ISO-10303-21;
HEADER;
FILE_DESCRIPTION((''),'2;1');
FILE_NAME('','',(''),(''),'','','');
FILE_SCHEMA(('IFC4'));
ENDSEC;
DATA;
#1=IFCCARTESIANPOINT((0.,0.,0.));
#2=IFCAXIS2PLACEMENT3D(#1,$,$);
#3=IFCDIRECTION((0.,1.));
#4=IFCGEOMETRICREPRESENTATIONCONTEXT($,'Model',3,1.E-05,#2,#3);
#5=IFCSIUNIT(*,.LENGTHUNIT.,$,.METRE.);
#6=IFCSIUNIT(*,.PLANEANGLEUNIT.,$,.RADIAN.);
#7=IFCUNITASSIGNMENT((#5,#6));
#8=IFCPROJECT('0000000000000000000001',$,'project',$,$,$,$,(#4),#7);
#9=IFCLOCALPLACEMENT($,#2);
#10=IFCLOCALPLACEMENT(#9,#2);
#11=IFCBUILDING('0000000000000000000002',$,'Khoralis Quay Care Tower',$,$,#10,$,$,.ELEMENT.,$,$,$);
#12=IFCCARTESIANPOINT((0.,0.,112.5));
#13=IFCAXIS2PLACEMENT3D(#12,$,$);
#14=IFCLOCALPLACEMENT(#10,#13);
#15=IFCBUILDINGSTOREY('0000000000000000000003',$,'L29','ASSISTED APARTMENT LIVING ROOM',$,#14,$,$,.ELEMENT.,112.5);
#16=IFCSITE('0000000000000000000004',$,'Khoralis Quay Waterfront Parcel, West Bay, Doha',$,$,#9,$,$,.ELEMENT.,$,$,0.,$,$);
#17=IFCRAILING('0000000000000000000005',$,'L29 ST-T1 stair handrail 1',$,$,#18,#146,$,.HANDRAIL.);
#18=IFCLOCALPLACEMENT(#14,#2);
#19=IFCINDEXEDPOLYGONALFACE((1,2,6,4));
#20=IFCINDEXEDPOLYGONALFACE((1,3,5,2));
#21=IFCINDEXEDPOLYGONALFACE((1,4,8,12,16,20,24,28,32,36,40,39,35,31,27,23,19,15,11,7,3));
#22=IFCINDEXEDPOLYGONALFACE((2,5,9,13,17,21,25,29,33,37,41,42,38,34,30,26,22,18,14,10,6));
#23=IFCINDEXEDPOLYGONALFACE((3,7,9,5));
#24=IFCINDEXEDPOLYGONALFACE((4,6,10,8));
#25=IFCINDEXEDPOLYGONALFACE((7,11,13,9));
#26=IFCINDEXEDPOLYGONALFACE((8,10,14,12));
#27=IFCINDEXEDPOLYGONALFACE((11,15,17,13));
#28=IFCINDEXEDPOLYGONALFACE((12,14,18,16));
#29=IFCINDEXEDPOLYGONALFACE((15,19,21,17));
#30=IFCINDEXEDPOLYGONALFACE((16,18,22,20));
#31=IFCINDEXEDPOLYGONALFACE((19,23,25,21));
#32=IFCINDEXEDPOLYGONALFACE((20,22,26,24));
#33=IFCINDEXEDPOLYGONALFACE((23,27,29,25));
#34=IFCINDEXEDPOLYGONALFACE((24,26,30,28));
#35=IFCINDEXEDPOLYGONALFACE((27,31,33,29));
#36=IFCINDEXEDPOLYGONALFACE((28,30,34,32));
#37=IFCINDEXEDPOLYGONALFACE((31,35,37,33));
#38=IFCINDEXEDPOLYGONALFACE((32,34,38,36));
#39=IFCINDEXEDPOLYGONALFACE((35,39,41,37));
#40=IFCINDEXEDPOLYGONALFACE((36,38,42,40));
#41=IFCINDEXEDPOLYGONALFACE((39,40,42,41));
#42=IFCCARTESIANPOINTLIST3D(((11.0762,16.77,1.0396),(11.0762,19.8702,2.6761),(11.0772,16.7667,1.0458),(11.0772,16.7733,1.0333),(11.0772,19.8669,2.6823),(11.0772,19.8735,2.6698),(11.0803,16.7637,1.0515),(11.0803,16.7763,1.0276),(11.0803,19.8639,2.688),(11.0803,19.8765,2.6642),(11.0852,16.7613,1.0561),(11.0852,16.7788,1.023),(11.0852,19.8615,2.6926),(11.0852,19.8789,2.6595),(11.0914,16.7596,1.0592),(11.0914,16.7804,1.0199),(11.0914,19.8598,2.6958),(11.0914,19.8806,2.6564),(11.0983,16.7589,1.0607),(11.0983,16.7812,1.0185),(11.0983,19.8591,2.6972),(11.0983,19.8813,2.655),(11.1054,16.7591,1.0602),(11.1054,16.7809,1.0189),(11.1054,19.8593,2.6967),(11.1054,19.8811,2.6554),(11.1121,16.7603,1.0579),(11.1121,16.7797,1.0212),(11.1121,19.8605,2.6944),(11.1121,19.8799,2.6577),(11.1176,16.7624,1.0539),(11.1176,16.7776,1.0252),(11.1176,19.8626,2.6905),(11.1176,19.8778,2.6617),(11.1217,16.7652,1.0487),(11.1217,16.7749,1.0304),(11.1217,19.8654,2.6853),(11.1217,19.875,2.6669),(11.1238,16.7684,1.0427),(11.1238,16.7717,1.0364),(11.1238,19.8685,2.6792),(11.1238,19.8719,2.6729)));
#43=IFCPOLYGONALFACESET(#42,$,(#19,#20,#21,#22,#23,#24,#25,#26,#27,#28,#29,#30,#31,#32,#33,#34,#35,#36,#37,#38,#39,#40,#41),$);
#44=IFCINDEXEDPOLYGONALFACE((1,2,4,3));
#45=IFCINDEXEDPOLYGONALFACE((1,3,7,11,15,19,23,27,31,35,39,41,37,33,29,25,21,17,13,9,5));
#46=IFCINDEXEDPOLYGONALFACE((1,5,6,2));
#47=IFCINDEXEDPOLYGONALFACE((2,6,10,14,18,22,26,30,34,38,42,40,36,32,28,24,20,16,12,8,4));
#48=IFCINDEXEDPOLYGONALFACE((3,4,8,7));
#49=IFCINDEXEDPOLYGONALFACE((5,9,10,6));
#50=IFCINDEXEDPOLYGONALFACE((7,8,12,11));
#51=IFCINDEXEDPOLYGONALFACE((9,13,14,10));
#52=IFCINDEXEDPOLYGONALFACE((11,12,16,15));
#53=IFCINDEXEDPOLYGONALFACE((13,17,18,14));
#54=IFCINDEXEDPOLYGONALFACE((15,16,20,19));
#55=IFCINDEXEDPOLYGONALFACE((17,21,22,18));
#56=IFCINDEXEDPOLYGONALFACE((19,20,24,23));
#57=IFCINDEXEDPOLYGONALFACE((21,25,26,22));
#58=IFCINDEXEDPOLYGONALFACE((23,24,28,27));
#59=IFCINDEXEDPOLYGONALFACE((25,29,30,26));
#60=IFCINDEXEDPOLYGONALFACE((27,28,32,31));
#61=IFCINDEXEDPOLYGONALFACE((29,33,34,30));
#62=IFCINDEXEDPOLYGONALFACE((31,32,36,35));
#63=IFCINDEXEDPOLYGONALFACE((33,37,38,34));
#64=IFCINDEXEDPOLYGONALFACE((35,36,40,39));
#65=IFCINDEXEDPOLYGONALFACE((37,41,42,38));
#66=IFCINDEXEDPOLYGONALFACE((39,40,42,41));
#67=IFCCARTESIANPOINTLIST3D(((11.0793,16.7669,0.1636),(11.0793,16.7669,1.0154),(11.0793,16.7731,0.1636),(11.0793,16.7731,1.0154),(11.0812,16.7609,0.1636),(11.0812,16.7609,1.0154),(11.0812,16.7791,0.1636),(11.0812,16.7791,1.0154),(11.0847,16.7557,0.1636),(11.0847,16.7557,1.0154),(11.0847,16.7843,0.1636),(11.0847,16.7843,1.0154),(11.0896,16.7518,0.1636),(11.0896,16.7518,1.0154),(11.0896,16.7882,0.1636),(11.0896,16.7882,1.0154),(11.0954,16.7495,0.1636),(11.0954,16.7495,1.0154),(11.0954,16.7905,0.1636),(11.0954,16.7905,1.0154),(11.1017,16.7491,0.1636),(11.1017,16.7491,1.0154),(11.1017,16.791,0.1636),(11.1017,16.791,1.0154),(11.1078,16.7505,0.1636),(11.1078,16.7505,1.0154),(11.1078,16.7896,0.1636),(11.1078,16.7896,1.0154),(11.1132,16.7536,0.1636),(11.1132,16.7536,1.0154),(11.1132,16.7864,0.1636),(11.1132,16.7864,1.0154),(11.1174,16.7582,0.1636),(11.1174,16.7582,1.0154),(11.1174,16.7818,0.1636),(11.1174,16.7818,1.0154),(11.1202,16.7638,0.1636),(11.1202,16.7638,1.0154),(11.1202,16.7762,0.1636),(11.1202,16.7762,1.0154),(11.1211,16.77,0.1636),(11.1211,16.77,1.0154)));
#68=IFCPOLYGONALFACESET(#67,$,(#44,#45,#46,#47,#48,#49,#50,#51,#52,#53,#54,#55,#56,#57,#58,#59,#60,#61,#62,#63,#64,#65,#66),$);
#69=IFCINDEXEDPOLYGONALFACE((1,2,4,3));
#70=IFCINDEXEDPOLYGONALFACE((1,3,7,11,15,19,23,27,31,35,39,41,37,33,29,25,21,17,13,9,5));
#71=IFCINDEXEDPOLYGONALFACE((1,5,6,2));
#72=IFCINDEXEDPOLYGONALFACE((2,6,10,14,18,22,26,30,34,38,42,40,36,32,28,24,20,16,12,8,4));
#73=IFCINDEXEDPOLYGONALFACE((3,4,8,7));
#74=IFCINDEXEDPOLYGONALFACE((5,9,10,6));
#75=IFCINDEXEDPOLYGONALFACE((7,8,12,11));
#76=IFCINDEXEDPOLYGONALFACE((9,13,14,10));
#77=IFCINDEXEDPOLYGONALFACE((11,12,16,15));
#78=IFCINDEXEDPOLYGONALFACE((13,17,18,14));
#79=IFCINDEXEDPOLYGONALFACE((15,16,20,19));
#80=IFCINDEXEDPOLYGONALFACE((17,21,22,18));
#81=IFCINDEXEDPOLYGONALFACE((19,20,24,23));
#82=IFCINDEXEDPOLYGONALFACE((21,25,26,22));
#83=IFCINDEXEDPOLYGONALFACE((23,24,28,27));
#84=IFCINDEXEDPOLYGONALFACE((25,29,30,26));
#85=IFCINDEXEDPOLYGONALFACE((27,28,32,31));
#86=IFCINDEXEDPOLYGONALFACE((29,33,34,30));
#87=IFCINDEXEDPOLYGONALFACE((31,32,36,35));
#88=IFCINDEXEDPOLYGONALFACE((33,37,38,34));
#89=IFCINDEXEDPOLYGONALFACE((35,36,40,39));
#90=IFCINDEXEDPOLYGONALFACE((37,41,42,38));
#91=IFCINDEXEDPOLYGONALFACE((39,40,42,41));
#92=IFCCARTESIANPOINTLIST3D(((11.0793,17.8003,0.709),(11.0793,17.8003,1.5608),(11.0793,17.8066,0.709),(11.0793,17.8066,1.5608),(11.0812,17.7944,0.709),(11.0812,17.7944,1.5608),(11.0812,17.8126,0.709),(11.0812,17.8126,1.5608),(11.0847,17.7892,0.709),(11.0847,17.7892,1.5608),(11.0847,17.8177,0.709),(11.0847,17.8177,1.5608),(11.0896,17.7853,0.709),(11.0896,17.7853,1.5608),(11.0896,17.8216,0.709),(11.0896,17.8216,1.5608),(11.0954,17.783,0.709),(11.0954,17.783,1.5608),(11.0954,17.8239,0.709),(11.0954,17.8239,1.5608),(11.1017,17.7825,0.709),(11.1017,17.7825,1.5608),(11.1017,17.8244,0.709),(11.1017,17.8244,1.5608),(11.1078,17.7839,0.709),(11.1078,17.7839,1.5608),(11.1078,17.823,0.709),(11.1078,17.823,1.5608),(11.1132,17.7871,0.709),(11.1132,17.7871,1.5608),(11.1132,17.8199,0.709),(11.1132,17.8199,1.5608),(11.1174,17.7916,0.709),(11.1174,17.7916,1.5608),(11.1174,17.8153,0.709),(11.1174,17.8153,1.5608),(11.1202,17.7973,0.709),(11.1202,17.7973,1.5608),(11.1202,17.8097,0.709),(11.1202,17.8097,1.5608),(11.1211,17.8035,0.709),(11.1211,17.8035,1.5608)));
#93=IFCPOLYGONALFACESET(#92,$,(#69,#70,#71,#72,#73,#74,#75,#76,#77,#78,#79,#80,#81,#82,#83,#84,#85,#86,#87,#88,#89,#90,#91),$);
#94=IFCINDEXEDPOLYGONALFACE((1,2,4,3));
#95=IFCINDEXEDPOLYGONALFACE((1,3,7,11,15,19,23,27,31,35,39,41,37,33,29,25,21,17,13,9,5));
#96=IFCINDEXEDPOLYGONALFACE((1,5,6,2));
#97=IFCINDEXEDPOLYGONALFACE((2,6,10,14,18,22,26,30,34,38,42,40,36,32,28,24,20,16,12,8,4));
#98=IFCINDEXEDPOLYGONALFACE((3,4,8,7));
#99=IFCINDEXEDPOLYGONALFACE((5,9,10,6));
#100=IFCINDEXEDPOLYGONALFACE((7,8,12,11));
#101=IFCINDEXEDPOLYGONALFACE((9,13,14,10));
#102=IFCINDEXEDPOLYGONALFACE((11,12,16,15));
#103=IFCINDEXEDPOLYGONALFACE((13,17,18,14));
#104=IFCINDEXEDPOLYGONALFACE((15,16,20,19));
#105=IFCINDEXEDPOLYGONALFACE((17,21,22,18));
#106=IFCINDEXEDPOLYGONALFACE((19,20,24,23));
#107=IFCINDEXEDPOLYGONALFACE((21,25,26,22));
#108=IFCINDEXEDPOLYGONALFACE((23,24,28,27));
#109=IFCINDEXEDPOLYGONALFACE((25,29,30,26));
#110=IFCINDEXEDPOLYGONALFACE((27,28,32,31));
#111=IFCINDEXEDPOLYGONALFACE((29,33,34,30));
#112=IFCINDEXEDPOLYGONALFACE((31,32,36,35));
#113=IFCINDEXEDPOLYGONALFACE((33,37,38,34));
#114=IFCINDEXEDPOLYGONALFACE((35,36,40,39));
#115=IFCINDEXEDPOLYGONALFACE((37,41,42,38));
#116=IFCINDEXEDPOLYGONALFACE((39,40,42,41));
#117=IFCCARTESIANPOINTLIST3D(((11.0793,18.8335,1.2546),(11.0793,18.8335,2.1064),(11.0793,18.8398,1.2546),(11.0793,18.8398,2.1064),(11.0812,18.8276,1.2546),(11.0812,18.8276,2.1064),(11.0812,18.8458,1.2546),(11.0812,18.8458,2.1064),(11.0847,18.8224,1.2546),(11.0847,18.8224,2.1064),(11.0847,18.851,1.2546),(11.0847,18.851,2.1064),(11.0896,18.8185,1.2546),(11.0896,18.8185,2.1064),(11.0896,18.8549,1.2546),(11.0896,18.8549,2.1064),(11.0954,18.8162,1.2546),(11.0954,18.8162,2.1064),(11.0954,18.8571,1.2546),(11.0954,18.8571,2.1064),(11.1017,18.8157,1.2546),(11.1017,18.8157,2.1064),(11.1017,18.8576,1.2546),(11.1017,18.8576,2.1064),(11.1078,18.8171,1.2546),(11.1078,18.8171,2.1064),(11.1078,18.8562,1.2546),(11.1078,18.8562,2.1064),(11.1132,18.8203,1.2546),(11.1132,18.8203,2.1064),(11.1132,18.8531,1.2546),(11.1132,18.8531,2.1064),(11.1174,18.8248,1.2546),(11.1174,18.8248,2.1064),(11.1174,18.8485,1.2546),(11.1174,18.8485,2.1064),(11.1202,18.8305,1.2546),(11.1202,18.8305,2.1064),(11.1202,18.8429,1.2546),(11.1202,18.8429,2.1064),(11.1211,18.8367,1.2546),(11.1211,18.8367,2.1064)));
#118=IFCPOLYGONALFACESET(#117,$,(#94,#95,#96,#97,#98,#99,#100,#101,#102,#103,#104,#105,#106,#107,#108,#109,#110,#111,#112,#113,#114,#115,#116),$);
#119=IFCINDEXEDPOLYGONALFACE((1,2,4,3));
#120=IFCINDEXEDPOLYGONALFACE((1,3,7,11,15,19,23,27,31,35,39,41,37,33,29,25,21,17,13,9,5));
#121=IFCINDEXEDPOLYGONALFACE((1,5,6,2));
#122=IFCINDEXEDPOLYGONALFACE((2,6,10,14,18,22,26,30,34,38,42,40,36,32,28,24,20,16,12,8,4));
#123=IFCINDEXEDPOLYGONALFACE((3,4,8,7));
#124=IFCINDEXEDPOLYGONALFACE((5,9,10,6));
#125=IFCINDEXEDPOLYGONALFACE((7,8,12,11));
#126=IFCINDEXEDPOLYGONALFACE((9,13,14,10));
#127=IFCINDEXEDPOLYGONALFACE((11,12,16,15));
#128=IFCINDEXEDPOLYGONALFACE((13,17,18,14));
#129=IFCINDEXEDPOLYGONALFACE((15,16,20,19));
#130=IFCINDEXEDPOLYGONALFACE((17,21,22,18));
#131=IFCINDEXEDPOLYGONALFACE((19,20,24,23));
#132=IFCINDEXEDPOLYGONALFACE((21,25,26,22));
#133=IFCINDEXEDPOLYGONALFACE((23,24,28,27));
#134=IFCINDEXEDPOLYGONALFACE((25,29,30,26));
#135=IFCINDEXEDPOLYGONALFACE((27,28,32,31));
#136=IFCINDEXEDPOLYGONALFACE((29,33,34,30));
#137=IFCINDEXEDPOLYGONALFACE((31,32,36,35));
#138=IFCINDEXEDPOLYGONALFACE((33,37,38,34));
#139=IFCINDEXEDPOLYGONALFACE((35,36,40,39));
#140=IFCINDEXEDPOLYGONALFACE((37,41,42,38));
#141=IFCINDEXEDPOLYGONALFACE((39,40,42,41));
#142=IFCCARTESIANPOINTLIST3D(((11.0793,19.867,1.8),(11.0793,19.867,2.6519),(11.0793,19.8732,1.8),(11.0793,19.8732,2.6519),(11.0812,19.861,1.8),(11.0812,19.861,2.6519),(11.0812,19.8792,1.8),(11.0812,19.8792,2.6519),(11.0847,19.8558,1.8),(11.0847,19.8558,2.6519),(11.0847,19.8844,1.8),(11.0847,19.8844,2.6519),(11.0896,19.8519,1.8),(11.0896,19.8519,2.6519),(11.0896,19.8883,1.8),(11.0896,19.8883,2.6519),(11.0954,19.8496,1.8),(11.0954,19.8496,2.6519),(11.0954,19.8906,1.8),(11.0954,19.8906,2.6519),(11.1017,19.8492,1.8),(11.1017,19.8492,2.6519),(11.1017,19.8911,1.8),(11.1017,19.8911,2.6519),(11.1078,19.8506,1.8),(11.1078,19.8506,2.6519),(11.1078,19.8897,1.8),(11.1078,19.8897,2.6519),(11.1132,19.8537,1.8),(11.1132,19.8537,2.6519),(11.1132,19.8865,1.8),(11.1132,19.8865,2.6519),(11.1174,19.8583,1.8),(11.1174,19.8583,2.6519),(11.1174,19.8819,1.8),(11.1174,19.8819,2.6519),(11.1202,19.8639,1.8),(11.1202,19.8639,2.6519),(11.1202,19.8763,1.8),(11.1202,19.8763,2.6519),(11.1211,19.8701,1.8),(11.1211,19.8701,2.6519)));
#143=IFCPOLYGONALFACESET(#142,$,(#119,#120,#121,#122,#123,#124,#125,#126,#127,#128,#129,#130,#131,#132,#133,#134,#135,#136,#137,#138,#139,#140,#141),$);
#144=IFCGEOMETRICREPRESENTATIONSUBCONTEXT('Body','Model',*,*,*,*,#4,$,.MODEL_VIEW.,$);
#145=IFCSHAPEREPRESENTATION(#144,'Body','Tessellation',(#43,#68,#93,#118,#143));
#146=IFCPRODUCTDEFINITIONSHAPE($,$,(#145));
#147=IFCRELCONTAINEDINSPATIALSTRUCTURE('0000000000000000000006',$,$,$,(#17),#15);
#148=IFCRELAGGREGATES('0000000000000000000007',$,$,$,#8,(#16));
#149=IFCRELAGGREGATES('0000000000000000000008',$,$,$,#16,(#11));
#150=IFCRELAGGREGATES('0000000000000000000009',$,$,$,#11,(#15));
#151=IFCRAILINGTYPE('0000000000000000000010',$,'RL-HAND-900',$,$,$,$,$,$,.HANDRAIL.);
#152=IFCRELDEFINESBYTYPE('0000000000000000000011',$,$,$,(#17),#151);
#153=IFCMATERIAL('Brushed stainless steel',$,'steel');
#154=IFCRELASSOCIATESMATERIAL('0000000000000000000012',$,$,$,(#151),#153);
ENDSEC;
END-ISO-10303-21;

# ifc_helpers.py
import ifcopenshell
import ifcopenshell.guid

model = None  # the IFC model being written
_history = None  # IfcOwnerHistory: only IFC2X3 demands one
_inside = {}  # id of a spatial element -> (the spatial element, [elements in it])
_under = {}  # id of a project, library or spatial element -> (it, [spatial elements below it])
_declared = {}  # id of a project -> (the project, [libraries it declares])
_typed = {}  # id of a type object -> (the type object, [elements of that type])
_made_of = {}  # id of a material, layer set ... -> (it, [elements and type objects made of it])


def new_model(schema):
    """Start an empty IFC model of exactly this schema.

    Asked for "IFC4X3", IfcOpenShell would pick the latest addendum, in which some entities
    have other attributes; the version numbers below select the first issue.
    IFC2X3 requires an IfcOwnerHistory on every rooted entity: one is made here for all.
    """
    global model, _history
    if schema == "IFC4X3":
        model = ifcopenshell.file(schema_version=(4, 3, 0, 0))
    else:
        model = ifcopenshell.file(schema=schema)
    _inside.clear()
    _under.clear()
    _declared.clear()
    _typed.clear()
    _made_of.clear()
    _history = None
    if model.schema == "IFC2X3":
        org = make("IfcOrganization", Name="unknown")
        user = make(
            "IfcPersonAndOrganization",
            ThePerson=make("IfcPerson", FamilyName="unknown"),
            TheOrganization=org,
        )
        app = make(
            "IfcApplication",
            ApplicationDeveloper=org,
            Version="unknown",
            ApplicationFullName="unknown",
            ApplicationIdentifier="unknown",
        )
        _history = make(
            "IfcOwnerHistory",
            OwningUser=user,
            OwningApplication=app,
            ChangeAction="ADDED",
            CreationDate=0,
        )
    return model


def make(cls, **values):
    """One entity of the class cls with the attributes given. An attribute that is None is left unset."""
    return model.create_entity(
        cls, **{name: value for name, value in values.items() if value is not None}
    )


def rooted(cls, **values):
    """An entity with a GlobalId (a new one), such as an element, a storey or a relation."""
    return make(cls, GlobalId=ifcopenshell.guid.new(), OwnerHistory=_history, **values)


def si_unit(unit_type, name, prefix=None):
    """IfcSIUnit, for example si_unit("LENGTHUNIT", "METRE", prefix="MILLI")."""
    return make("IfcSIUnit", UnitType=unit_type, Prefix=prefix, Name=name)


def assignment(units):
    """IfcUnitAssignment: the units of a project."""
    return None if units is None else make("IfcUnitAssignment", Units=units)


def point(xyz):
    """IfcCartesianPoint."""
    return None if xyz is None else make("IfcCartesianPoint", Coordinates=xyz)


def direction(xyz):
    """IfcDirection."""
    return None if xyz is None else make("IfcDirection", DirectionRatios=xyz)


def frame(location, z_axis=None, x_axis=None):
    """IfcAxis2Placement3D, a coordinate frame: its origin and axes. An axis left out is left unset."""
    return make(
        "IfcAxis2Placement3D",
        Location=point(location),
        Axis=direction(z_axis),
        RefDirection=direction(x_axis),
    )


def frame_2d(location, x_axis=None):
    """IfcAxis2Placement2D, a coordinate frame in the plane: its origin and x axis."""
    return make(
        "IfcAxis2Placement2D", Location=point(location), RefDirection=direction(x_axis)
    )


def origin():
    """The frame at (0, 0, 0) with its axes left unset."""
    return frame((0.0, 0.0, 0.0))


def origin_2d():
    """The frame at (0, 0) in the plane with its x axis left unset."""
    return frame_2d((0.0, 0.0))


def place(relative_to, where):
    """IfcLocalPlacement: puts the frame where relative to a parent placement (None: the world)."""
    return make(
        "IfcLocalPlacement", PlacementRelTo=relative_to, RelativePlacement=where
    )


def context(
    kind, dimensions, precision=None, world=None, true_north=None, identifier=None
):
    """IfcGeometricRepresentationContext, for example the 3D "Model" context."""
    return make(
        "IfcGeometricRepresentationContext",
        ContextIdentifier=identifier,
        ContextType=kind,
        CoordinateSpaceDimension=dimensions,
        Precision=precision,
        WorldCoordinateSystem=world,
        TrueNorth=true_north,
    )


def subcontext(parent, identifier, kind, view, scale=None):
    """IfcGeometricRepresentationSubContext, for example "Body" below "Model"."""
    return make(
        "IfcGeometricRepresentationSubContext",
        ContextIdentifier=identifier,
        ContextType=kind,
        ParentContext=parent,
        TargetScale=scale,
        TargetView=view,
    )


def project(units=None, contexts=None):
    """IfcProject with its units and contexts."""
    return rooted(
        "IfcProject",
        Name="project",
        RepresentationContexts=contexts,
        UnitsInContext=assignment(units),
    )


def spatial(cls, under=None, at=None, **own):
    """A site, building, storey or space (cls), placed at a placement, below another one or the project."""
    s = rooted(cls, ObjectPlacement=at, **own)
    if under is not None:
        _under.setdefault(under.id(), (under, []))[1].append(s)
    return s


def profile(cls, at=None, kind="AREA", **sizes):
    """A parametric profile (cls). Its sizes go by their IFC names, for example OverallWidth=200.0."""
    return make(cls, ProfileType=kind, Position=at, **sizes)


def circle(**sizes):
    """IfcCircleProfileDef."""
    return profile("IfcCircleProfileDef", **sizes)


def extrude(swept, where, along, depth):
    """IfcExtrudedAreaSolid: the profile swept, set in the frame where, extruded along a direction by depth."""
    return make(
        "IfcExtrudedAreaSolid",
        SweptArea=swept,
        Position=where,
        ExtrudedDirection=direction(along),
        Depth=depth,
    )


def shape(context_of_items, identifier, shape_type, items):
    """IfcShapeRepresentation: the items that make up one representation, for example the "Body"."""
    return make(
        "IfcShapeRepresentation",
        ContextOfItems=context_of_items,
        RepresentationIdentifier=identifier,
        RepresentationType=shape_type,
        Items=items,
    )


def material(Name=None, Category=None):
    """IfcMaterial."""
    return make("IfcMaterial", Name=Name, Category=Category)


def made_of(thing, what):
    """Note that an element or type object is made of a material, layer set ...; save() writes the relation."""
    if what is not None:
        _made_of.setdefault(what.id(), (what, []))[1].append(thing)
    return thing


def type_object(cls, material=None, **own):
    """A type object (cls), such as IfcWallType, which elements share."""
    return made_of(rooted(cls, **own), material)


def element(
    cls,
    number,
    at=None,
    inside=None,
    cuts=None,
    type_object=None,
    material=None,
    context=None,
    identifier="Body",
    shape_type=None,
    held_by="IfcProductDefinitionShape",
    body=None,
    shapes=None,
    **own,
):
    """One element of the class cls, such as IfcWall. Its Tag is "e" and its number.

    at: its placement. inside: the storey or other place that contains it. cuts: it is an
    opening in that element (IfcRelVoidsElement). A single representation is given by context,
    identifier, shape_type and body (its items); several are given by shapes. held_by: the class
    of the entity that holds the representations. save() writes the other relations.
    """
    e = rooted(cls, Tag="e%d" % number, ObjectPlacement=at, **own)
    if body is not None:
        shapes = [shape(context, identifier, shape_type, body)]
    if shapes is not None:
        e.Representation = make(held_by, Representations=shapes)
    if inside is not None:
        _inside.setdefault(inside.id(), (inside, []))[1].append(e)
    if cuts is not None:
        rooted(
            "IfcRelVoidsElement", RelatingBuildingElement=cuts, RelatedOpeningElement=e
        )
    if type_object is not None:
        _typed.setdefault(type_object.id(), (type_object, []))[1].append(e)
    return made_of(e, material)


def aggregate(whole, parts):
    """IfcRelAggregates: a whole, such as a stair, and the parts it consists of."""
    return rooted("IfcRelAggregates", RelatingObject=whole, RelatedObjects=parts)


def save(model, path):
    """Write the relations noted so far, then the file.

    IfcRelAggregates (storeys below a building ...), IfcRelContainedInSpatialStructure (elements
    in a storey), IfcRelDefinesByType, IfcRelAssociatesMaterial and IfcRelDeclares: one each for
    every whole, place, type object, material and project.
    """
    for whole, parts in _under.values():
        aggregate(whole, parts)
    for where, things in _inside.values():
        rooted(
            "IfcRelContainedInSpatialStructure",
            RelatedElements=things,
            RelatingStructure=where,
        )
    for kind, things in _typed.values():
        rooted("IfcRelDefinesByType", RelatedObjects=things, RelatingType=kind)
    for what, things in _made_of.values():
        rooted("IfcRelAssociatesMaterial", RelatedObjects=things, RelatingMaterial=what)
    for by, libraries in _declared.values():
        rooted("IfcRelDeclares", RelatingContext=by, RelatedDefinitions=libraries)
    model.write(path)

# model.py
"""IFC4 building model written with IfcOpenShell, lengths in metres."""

from ifc_helpers import new_model, si_unit, direction, frame, origin, origin_2d, place, context, subcontext, project, spatial, circle, extrude, material, type_object, element, save


model = new_model("IFC4")

# Units and contexts
model_context = context("Model", 3, precision=1e-05, world=origin(), true_north=direction((0.0, 1.0)))
body_context = subcontext(model_context, "Body", "Model", "MODEL_VIEW")
ifc_project = project(units=[si_unit("LENGTHUNIT", "METRE"), si_unit("PLANEANGLEUNIT", "RADIAN")], contexts=[model_context])

# Site, building, storey
site_placement = place(None, origin())
site = spatial("IfcSite", under=ifc_project, at=site_placement, Name="Khoralis Quay Waterfront Parcel, West Bay, Doha", CompositionType="ELEMENT", RefElevation=0.0)
building_placement = place(site_placement, origin())
building = spatial("IfcBuilding", under=site, at=building_placement, Name="Khoralis Quay Care Tower", CompositionType="ELEMENT")
storey_placement = place(building_placement, frame((0.0, 0.0, 112.5)))
storey = spatial("IfcBuildingStorey", under=building, at=storey_placement, Name="L29", Description="ASSISTED APARTMENT LIVING ROOM", CompositionType="ELEMENT", Elevation=112.5)

# Shared definitions
ifc_material_1 = material(Name="Brushed stainless steel", Category="steel")

# Railing
railing_type_1 = type_object("IfcRailingType", Name="RL-HAND-900", PredefinedType="HANDRAIL", material=ifc_material_1)
railing_1_placement = place(storey_placement, frame((11.1001, 16.77, 0.1636)))
element("IfcRailing", 1, at=railing_1_placement, inside=storey, type_object=railing_type_1, Name="L29 ST-T1 stair handrail 1", PredefinedType="HANDRAIL", context=body_context, shape_type="SweptSolid", body=[
    extrude(circle(Radius=0.0239, at=origin_2d()), frame((0.0, 0.0, 0.876), z_axis=(0.0, 0.884348, 0.466828), x_axis=(-1.0, 0.0, 0.0)), (0.0, 0.0, 1.0), 3.5056),
    extrude(circle(Radius=0.021, at=origin_2d()), origin(), (0.0, 0.0, 1.0), 0.8518),
    extrude(circle(Radius=0.021, at=origin_2d()), frame((0.0, 1.0334, 0.5454)), (0.0, 0.0, 1.0), 0.8518),
    extrude(circle(Radius=0.021, at=origin_2d()), frame((0.0, 2.0667, 1.0911)), (0.0, 0.0, 1.0), 0.8518),
    extrude(circle(Radius=0.021, at=origin_2d()), frame((0.0, 3.1001, 1.6365)), (0.0, 0.0, 1.0), 0.8518),
])

save(model, "model.ifc")
